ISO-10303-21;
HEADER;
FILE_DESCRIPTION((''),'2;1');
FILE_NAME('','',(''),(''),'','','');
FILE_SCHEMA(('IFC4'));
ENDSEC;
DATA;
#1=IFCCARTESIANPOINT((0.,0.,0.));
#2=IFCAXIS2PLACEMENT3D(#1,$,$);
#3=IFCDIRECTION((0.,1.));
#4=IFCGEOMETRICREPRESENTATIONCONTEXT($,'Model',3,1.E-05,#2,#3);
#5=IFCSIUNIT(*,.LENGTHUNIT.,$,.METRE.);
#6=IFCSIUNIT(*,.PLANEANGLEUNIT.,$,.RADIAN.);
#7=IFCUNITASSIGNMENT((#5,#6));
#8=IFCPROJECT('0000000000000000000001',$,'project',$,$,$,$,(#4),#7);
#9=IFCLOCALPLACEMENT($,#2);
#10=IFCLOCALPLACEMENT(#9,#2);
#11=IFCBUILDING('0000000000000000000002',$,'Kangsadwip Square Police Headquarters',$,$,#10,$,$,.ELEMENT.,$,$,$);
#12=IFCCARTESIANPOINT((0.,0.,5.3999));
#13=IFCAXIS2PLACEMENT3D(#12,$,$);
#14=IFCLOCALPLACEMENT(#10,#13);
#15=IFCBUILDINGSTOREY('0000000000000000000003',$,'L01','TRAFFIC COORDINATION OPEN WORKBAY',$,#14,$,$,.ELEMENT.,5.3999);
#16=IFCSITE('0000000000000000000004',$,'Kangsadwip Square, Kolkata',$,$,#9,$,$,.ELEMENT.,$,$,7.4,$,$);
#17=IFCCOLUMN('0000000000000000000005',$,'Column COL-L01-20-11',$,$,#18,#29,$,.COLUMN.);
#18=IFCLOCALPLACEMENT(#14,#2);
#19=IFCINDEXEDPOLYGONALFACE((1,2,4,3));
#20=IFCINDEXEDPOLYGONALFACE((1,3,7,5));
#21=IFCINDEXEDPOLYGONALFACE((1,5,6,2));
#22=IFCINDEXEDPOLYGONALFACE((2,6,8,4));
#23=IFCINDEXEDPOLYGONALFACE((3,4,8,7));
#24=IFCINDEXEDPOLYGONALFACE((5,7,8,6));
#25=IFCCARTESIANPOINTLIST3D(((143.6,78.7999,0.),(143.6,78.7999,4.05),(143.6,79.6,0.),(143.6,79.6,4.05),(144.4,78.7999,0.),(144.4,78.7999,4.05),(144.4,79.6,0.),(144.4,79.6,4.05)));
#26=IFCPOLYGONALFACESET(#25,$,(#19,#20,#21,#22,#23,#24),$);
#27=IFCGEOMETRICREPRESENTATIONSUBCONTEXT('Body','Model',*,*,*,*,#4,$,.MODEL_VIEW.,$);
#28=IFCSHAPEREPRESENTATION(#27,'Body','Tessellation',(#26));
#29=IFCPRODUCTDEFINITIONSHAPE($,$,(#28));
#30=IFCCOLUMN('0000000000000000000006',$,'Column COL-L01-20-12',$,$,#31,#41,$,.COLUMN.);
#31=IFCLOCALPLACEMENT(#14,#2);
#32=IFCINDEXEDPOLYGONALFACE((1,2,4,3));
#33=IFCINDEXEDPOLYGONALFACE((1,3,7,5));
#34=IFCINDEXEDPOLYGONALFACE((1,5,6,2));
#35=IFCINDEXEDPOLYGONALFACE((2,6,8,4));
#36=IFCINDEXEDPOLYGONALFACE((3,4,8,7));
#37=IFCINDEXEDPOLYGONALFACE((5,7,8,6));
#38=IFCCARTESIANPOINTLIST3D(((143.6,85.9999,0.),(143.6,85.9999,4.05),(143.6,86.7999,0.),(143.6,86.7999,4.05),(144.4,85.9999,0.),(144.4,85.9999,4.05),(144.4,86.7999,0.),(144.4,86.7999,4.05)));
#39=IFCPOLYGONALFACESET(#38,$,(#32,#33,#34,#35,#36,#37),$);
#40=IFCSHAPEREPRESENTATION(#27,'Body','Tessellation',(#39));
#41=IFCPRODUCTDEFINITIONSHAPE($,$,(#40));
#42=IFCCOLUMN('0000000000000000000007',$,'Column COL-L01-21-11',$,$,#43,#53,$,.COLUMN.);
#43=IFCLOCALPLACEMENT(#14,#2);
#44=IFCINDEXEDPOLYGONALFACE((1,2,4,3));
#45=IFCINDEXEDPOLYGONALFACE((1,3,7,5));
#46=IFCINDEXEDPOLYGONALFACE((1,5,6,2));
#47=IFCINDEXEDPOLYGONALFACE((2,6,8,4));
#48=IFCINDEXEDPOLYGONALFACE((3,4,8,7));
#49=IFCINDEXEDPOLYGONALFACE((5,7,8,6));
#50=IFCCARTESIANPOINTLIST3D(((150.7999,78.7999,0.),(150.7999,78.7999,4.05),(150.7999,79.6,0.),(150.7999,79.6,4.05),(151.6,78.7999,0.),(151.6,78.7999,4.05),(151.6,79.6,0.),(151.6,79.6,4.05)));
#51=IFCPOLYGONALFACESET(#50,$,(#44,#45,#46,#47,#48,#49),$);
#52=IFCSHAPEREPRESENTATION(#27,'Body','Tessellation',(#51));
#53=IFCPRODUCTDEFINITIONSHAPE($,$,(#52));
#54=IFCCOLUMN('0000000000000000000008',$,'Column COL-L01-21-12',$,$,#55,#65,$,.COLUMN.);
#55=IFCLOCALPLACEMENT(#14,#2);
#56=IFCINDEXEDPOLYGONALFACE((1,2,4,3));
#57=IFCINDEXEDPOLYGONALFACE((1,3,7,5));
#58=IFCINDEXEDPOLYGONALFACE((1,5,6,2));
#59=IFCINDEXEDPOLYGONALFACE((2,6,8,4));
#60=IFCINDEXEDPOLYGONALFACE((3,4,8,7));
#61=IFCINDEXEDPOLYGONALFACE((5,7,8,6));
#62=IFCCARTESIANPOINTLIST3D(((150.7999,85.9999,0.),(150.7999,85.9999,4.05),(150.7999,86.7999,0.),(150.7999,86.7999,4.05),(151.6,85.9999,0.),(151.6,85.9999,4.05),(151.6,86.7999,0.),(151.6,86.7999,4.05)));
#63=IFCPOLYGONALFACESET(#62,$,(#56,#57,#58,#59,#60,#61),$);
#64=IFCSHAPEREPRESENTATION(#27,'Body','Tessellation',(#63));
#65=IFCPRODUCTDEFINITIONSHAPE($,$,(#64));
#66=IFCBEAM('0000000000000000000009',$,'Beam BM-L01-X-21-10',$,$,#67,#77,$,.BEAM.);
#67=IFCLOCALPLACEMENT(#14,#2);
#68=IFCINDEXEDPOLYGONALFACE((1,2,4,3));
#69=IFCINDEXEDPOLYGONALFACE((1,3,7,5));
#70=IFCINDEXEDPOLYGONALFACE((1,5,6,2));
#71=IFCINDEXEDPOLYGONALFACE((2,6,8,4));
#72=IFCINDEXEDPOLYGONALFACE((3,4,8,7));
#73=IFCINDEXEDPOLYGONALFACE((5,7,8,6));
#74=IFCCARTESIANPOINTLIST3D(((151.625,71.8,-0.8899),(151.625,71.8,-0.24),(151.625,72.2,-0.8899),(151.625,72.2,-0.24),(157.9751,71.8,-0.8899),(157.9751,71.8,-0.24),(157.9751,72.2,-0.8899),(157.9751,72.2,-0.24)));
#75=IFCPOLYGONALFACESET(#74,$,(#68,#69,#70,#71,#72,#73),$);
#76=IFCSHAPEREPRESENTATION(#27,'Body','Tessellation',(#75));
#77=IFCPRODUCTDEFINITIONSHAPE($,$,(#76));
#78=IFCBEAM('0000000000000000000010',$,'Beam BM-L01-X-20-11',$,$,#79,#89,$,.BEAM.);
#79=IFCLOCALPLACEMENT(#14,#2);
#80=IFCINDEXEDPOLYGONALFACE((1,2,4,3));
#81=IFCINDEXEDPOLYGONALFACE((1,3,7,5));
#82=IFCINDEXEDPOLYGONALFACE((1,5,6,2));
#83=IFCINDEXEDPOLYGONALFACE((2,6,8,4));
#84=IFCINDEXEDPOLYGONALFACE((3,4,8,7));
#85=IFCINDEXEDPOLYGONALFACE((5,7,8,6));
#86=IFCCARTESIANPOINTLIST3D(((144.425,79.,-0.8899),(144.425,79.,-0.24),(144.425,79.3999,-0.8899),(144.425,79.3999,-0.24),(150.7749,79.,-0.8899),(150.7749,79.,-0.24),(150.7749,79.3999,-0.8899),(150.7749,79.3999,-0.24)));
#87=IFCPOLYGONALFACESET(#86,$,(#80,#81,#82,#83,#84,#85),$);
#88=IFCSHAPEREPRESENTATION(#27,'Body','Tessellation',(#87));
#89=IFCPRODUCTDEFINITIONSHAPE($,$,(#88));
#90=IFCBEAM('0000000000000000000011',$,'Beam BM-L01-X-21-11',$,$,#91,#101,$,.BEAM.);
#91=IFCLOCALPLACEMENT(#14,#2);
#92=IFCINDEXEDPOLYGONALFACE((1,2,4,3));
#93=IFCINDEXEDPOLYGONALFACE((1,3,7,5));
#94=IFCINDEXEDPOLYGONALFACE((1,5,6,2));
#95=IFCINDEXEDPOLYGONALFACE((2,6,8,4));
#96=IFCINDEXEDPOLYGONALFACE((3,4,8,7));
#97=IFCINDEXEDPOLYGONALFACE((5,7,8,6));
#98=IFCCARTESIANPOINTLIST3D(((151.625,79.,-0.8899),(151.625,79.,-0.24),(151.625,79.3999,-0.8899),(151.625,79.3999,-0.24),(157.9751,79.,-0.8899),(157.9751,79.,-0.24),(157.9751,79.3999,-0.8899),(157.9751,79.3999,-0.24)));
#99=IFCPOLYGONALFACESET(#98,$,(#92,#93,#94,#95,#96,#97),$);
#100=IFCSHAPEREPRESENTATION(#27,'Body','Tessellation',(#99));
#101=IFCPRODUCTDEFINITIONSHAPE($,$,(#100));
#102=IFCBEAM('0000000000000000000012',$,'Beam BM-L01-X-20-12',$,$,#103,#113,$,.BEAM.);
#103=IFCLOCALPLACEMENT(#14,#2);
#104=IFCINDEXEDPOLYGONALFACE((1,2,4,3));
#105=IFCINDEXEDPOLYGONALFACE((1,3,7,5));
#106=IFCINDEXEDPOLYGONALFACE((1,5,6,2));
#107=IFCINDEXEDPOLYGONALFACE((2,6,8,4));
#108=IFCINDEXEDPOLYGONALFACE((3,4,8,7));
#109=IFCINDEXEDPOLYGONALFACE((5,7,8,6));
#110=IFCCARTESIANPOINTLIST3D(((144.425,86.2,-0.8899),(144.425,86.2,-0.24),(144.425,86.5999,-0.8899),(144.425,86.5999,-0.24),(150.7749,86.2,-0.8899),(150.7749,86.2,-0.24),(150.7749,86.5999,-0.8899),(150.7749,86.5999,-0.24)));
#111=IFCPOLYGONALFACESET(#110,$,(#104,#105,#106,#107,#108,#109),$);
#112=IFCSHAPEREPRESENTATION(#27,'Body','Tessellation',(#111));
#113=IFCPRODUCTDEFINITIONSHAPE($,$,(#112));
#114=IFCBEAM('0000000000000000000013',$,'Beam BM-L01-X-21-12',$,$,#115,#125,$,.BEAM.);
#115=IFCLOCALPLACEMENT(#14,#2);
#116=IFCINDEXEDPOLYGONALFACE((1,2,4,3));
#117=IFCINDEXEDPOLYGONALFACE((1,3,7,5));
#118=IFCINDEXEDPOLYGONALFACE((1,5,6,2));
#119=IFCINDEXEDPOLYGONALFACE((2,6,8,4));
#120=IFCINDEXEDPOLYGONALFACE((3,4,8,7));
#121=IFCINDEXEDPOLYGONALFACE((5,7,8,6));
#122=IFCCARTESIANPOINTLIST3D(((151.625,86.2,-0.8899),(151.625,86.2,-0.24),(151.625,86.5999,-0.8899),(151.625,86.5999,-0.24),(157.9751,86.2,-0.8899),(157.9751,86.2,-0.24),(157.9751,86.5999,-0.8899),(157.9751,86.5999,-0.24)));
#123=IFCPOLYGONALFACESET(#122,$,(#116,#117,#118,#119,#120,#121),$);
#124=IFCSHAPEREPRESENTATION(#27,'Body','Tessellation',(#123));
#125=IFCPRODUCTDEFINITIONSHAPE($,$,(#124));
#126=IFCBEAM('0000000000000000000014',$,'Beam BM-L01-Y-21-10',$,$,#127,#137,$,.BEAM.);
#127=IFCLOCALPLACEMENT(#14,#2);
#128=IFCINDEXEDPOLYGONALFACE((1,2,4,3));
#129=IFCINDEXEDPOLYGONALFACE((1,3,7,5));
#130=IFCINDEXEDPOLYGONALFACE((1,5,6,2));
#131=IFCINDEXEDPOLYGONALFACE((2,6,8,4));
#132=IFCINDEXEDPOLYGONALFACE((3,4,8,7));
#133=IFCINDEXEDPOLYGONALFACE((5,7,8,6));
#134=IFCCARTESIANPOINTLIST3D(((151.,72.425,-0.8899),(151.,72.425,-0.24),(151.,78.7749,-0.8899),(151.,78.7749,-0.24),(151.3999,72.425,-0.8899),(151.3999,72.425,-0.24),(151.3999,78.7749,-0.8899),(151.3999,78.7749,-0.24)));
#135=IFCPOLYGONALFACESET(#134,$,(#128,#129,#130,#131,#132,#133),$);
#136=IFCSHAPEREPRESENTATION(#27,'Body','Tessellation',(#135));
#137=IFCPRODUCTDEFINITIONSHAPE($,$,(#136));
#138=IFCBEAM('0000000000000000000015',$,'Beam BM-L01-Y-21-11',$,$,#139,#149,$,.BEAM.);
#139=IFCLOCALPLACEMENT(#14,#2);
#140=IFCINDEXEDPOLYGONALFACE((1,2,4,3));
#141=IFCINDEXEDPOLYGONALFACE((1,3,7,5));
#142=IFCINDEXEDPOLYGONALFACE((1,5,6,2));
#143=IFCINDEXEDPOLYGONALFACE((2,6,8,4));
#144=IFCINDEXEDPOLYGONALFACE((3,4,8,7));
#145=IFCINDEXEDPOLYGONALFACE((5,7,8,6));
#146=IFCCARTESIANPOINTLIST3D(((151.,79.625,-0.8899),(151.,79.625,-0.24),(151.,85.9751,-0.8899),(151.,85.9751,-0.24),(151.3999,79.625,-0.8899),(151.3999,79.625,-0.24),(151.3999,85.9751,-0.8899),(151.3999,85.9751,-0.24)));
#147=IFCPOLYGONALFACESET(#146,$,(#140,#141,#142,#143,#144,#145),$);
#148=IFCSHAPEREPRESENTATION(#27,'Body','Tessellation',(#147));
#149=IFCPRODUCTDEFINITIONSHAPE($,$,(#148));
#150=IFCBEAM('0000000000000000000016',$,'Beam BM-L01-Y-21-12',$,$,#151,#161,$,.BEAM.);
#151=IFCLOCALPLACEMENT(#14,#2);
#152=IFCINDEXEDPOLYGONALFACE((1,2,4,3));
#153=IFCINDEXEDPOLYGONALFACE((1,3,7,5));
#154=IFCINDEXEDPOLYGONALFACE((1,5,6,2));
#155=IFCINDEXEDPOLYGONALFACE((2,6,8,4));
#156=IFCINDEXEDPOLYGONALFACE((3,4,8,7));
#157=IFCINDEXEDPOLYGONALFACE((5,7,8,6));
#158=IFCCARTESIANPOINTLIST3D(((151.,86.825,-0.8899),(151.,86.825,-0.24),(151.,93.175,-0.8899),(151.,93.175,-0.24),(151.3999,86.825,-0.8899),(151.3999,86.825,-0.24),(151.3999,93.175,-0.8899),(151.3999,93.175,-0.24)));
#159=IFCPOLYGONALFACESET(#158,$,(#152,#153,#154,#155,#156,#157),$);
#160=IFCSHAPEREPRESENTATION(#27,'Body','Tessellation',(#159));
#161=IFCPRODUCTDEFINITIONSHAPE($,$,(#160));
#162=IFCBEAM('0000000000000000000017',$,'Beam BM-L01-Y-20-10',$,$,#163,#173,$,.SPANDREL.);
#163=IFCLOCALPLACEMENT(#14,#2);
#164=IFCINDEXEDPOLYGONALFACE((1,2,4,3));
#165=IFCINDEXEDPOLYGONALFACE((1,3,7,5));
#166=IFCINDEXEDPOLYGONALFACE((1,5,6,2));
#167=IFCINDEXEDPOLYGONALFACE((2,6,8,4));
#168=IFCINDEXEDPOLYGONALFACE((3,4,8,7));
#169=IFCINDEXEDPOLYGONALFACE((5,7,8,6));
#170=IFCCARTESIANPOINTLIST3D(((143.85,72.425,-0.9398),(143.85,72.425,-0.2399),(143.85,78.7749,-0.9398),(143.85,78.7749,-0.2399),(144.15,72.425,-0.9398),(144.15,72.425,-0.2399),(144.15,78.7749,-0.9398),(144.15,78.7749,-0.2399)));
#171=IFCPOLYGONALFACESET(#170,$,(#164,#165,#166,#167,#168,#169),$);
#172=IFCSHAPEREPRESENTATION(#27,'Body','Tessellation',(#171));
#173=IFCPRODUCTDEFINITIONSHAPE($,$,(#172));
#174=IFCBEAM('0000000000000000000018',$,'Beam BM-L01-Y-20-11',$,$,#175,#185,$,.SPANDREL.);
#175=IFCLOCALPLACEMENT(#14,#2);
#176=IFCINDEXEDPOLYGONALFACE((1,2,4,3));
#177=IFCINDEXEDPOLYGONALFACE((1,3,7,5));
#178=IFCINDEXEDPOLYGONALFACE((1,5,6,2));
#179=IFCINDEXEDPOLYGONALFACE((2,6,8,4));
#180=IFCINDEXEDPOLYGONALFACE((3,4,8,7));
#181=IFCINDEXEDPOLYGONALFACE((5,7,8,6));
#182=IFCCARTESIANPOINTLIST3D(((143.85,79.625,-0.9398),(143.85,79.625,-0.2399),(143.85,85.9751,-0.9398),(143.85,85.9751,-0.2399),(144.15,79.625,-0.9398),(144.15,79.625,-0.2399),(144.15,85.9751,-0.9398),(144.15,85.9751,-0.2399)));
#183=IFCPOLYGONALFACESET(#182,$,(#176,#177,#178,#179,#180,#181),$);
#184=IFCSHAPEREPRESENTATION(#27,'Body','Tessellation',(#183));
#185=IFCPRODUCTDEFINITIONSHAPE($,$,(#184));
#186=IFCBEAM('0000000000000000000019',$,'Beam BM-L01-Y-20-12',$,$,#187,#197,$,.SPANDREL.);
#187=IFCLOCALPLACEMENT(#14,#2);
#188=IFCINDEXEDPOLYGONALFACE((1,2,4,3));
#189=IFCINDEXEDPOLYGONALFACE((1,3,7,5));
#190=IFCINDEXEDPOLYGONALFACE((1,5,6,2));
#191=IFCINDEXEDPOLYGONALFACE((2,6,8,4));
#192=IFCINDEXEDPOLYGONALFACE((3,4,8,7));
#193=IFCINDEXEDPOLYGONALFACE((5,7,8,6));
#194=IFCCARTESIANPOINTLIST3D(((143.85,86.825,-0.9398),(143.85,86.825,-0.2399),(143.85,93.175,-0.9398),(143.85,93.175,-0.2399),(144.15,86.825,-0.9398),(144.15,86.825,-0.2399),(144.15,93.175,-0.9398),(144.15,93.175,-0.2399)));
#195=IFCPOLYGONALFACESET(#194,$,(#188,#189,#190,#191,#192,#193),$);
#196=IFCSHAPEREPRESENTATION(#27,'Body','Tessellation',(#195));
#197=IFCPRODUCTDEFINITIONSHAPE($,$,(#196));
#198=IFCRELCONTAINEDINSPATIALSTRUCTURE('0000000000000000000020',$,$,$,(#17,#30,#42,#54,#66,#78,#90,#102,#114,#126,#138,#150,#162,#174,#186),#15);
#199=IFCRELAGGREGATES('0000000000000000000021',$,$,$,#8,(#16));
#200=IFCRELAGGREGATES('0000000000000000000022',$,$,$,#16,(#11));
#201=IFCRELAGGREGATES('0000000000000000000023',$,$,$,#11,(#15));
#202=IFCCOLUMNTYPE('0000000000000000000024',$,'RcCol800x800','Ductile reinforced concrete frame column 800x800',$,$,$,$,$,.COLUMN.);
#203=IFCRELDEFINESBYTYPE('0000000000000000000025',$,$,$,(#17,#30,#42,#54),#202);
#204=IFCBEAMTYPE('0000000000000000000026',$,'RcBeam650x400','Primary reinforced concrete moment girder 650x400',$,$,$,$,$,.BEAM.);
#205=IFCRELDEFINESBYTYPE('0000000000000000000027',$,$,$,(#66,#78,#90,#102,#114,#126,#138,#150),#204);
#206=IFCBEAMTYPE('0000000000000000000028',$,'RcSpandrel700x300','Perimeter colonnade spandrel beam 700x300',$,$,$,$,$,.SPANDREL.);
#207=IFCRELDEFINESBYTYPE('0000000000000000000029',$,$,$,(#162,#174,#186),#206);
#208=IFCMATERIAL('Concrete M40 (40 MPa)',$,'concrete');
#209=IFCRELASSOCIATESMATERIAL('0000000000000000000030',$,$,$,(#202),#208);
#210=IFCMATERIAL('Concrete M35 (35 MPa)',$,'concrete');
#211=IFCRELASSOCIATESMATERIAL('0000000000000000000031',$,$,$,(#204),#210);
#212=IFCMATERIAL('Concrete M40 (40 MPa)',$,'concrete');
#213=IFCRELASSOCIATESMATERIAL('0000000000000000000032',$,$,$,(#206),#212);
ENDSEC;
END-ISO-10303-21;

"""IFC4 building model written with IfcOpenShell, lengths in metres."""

from ifc_helpers import new_model, si_unit, direction, frame, origin, origin_2d, place, context, subcontext, project, spatial, rectangle, extrude, material, material_profile, profile_set, type_object, element, save


model = new_model("IFC4")

# Units and contexts
model_context = context("Model", 3, precision=1e-05, world=origin(), true_north=direction((0.0, 1.0)))
body_context = subcontext(model_context, "Body", "Model", "MODEL_VIEW")
ifc_project = project(units=[si_unit("LENGTHUNIT", "METRE"), si_unit("PLANEANGLEUNIT", "RADIAN")], contexts=[model_context])

# Site, building, storey
site_placement = place(None, origin())
site = spatial("IfcSite", under=ifc_project, at=site_placement, Name="Kangsadwip Square, Kolkata", CompositionType="ELEMENT", RefElevation=7.4)
building_placement = place(site_placement, origin())
building = spatial("IfcBuilding", under=site, at=building_placement, Name="Kangsadwip Square Police Headquarters", CompositionType="ELEMENT")
storey_placement = place(building_placement, frame((0.0, 0.0, 5.3999)))
storey = spatial("IfcBuildingStorey", under=building, at=storey_placement, Name="L01", Description="TRAFFIC COORDINATION OPEN WORKBAY", CompositionType="ELEMENT", Elevation=5.3999)

# Columns
ifc_material_1 = material(Name="Concrete M40 (40 MPa)", Category="concrete")
ifc_material_profile_1 = material_profile(ifc_material_1, rectangle(XDim=0.8, YDim=0.8, at=origin_2d()), Name="RC COL 800X800")
ifc_profile_set_1 = profile_set([ifc_material_profile_1], Name="Concrete M40 (40 MPa)")
column_type = type_object("IfcColumnType", Name="RcCol800x800", Description="Ductile reinforced concrete frame column 800x800", PredefinedType="COLUMN", material=ifc_profile_set_1)
for number, where, z_axis, x_axis, name in (
    (1, (144.0, 79.2, 0.0), (0.0, 0.0, 1.0), (1.0, 0.0, 0.0), "Column COL-L01-20-11"),
    (2, (144.0, 86.3999, 0.0), (0.0, 0.0, 1.0), (1.0, 0.0, 0.0), "Column COL-L01-20-12"),
    (3, (151.2, 79.2, 0.0), (0.0, 0.0, 1.0), (1.0, 0.0, 0.0), "Column COL-L01-21-11"),
    (4, (151.2, 86.3999, 0.0), (0.0, 0.0, 1.0), (1.0, 0.0, 0.0), "Column COL-L01-21-12"),
):
    element("IfcColumn", number, at=place(storey_placement, frame(where, z_axis=z_axis, x_axis=x_axis)), inside=storey, type_object=column_type, Name=name, PredefinedType="COLUMN", context=body_context, shape_type="SweptSolid", body=[
        extrude(rectangle(XDim=0.8, YDim=0.8, at=origin_2d()), origin(), (0.0, 0.0, 1.0), 4.05),
    ])

# Beams
ifc_material_2 = material(Name="Concrete M35 (35 MPa)", Category="concrete")
ifc_material_profile_2 = material_profile(ifc_material_2, rectangle(XDim=0.3999, YDim=0.6499, at=origin_2d()), Name="RC BM 650X400")
ifc_profile_set_2 = profile_set([ifc_material_profile_2], Name="Concrete M35 (35 MPa)")
beam_type_1 = type_object("IfcBeamType", Name="RcBeam650x400", Description="Primary reinforced concrete moment girder 650x400", PredefinedType="BEAM", material=ifc_profile_set_2)
beam_1_placement = place(storey_placement, frame((151.625, 72.0, -0.5649), z_axis=(1.0, 0.0, 0.0), x_axis=(0.0, 1.0, 0.0)))
element("IfcBeam", 5, at=beam_1_placement, inside=storey, type_object=beam_type_1, Name="Beam BM-L01-X-21-10", PredefinedType="BEAM", context=body_context, shape_type="SweptSolid", body=[
    extrude(rectangle(XDim=0.3999, YDim=0.6499, at=origin_2d()), origin(), (0.0, 0.0, 1.0), 6.3501),
])
beam_2_placement = place(storey_placement, frame((144.425, 79.2, -0.5649), z_axis=(1.0, 0.0, 0.0), x_axis=(0.0, 1.0, 0.0)))
element("IfcBeam", 6, at=beam_2_placement, inside=storey, type_object=beam_type_1, Name="Beam BM-L01-X-20-11", PredefinedType="BEAM", context=body_context, shape_type="SweptSolid", body=[
    extrude(rectangle(XDim=0.3999, YDim=0.6499, at=origin_2d()), origin(), (0.0, 0.0, 1.0), 6.3499),
])
beam_3_placement = place(storey_placement, frame((151.625, 79.2, -0.5649), z_axis=(1.0, 0.0, 0.0), x_axis=(0.0, 1.0, 0.0)))
element("IfcBeam", 7, at=beam_3_placement, inside=storey, type_object=beam_type_1, Name="Beam BM-L01-X-21-11", PredefinedType="BEAM", context=body_context, shape_type="SweptSolid", body=[
    extrude(rectangle(XDim=0.3999, YDim=0.6499, at=origin_2d()), origin(), (0.0, 0.0, 1.0), 6.3501),
])
beam_4_placement = place(storey_placement, frame((144.425, 86.3999, -0.5649), z_axis=(1.0, 0.0, 0.0), x_axis=(0.0, 1.0, 0.0)))
element("IfcBeam", 8, at=beam_4_placement, inside=storey, type_object=beam_type_1, Name="Beam BM-L01-X-20-12", PredefinedType="BEAM", context=body_context, shape_type="SweptSolid", body=[
    extrude(rectangle(XDim=0.3999, YDim=0.6499, at=origin_2d()), origin(), (0.0, 0.0, 1.0), 6.3499),
])
beam_5_placement = place(storey_placement, frame((151.625, 86.3999, -0.5649), z_axis=(1.0, 0.0, 0.0), x_axis=(0.0, 1.0, 0.0)))
element("IfcBeam", 9, at=beam_5_placement, inside=storey, type_object=beam_type_1, Name="Beam BM-L01-X-21-12", PredefinedType="BEAM", context=body_context, shape_type="SweptSolid", body=[
    extrude(rectangle(XDim=0.3999, YDim=0.6499, at=origin_2d()), origin(), (0.0, 0.0, 1.0), 6.3501),
])
beam_6_placement = place(storey_placement, frame((151.2, 72.425, -0.5649), z_axis=(0.0, 1.0, 0.0), x_axis=(-1.0, 0.0, 0.0)))
element("IfcBeam", 10, at=beam_6_placement, inside=storey, type_object=beam_type_1, Name="Beam BM-L01-Y-21-10", PredefinedType="BEAM", context=body_context, shape_type="SweptSolid", body=[
    extrude(rectangle(XDim=0.3999, YDim=0.6499, at=origin_2d()), origin(), (0.0, 0.0, 1.0), 6.3499),
])
for number, where, z_axis, x_axis, name in (
    (11, (151.2, 79.625, -0.5649), (0.0, 1.0, 0.0), (-1.0, 0.0, 0.0), "Beam BM-L01-Y-21-11"),
    (12, (151.2, 86.825, -0.5649), (0.0, 1.0, 0.0), (-1.0, 0.0, 0.0), "Beam BM-L01-Y-21-12"),
):
    element("IfcBeam", number, at=place(storey_placement, frame(where, z_axis=z_axis, x_axis=x_axis)), inside=storey, type_object=beam_type_1, Name=name, PredefinedType="BEAM", context=body_context, shape_type="SweptSolid", body=[
        extrude(rectangle(XDim=0.3999, YDim=0.6499, at=origin_2d()), origin(), (0.0, 0.0, 1.0), 6.3501),
    ])
ifc_material_3 = material(Name="Concrete M40 (40 MPa)", Category="concrete")
ifc_material_profile_3 = material_profile(ifc_material_3, rectangle(XDim=0.3, YDim=0.7, at=origin_2d()), Name="RC SPN 700X300")
ifc_profile_set_3 = profile_set([ifc_material_profile_3], Name="Concrete M40 (40 MPa)")
beam_type_2 = type_object("IfcBeamType", Name="RcSpandrel700x300", Description="Perimeter colonnade spandrel beam 700x300", PredefinedType="SPANDREL", material=ifc_profile_set_3)
beam_7_placement = place(storey_placement, frame((144.0, 72.425, -0.5898), z_axis=(0.0, 1.0, 0.0), x_axis=(-1.0, 0.0, 0.0)))
element("IfcBeam", 13, at=beam_7_placement, inside=storey, type_object=beam_type_2, Name="Beam BM-L01-Y-20-10", PredefinedType="SPANDREL", context=body_context, shape_type="SweptSolid", body=[
    extrude(rectangle(XDim=0.3, YDim=0.7, at=origin_2d()), origin(), (0.0, 0.0, 1.0), 6.3499),
])
for number, where, z_axis, x_axis, name in (
    (14, (144.0, 79.625, -0.5898), (0.0, 1.0, 0.0), (-1.0, 0.0, 0.0), "Beam BM-L01-Y-20-11"),
    (15, (144.0, 86.825, -0.5898), (0.0, 1.0, 0.0), (-1.0, 0.0, 0.0), "Beam BM-L01-Y-20-12"),
):
    element("IfcBeam", number, at=place(storey_placement, frame(where, z_axis=z_axis, x_axis=x_axis)), inside=storey, type_object=beam_type_2, Name=name, PredefinedType="SPANDREL", context=body_context, shape_type="SweptSolid", body=[
        extrude(rectangle(XDim=0.3, YDim=0.7, at=origin_2d()), origin(), (0.0, 0.0, 1.0), 6.3501),
    ])

save(model, "model.ifc")
